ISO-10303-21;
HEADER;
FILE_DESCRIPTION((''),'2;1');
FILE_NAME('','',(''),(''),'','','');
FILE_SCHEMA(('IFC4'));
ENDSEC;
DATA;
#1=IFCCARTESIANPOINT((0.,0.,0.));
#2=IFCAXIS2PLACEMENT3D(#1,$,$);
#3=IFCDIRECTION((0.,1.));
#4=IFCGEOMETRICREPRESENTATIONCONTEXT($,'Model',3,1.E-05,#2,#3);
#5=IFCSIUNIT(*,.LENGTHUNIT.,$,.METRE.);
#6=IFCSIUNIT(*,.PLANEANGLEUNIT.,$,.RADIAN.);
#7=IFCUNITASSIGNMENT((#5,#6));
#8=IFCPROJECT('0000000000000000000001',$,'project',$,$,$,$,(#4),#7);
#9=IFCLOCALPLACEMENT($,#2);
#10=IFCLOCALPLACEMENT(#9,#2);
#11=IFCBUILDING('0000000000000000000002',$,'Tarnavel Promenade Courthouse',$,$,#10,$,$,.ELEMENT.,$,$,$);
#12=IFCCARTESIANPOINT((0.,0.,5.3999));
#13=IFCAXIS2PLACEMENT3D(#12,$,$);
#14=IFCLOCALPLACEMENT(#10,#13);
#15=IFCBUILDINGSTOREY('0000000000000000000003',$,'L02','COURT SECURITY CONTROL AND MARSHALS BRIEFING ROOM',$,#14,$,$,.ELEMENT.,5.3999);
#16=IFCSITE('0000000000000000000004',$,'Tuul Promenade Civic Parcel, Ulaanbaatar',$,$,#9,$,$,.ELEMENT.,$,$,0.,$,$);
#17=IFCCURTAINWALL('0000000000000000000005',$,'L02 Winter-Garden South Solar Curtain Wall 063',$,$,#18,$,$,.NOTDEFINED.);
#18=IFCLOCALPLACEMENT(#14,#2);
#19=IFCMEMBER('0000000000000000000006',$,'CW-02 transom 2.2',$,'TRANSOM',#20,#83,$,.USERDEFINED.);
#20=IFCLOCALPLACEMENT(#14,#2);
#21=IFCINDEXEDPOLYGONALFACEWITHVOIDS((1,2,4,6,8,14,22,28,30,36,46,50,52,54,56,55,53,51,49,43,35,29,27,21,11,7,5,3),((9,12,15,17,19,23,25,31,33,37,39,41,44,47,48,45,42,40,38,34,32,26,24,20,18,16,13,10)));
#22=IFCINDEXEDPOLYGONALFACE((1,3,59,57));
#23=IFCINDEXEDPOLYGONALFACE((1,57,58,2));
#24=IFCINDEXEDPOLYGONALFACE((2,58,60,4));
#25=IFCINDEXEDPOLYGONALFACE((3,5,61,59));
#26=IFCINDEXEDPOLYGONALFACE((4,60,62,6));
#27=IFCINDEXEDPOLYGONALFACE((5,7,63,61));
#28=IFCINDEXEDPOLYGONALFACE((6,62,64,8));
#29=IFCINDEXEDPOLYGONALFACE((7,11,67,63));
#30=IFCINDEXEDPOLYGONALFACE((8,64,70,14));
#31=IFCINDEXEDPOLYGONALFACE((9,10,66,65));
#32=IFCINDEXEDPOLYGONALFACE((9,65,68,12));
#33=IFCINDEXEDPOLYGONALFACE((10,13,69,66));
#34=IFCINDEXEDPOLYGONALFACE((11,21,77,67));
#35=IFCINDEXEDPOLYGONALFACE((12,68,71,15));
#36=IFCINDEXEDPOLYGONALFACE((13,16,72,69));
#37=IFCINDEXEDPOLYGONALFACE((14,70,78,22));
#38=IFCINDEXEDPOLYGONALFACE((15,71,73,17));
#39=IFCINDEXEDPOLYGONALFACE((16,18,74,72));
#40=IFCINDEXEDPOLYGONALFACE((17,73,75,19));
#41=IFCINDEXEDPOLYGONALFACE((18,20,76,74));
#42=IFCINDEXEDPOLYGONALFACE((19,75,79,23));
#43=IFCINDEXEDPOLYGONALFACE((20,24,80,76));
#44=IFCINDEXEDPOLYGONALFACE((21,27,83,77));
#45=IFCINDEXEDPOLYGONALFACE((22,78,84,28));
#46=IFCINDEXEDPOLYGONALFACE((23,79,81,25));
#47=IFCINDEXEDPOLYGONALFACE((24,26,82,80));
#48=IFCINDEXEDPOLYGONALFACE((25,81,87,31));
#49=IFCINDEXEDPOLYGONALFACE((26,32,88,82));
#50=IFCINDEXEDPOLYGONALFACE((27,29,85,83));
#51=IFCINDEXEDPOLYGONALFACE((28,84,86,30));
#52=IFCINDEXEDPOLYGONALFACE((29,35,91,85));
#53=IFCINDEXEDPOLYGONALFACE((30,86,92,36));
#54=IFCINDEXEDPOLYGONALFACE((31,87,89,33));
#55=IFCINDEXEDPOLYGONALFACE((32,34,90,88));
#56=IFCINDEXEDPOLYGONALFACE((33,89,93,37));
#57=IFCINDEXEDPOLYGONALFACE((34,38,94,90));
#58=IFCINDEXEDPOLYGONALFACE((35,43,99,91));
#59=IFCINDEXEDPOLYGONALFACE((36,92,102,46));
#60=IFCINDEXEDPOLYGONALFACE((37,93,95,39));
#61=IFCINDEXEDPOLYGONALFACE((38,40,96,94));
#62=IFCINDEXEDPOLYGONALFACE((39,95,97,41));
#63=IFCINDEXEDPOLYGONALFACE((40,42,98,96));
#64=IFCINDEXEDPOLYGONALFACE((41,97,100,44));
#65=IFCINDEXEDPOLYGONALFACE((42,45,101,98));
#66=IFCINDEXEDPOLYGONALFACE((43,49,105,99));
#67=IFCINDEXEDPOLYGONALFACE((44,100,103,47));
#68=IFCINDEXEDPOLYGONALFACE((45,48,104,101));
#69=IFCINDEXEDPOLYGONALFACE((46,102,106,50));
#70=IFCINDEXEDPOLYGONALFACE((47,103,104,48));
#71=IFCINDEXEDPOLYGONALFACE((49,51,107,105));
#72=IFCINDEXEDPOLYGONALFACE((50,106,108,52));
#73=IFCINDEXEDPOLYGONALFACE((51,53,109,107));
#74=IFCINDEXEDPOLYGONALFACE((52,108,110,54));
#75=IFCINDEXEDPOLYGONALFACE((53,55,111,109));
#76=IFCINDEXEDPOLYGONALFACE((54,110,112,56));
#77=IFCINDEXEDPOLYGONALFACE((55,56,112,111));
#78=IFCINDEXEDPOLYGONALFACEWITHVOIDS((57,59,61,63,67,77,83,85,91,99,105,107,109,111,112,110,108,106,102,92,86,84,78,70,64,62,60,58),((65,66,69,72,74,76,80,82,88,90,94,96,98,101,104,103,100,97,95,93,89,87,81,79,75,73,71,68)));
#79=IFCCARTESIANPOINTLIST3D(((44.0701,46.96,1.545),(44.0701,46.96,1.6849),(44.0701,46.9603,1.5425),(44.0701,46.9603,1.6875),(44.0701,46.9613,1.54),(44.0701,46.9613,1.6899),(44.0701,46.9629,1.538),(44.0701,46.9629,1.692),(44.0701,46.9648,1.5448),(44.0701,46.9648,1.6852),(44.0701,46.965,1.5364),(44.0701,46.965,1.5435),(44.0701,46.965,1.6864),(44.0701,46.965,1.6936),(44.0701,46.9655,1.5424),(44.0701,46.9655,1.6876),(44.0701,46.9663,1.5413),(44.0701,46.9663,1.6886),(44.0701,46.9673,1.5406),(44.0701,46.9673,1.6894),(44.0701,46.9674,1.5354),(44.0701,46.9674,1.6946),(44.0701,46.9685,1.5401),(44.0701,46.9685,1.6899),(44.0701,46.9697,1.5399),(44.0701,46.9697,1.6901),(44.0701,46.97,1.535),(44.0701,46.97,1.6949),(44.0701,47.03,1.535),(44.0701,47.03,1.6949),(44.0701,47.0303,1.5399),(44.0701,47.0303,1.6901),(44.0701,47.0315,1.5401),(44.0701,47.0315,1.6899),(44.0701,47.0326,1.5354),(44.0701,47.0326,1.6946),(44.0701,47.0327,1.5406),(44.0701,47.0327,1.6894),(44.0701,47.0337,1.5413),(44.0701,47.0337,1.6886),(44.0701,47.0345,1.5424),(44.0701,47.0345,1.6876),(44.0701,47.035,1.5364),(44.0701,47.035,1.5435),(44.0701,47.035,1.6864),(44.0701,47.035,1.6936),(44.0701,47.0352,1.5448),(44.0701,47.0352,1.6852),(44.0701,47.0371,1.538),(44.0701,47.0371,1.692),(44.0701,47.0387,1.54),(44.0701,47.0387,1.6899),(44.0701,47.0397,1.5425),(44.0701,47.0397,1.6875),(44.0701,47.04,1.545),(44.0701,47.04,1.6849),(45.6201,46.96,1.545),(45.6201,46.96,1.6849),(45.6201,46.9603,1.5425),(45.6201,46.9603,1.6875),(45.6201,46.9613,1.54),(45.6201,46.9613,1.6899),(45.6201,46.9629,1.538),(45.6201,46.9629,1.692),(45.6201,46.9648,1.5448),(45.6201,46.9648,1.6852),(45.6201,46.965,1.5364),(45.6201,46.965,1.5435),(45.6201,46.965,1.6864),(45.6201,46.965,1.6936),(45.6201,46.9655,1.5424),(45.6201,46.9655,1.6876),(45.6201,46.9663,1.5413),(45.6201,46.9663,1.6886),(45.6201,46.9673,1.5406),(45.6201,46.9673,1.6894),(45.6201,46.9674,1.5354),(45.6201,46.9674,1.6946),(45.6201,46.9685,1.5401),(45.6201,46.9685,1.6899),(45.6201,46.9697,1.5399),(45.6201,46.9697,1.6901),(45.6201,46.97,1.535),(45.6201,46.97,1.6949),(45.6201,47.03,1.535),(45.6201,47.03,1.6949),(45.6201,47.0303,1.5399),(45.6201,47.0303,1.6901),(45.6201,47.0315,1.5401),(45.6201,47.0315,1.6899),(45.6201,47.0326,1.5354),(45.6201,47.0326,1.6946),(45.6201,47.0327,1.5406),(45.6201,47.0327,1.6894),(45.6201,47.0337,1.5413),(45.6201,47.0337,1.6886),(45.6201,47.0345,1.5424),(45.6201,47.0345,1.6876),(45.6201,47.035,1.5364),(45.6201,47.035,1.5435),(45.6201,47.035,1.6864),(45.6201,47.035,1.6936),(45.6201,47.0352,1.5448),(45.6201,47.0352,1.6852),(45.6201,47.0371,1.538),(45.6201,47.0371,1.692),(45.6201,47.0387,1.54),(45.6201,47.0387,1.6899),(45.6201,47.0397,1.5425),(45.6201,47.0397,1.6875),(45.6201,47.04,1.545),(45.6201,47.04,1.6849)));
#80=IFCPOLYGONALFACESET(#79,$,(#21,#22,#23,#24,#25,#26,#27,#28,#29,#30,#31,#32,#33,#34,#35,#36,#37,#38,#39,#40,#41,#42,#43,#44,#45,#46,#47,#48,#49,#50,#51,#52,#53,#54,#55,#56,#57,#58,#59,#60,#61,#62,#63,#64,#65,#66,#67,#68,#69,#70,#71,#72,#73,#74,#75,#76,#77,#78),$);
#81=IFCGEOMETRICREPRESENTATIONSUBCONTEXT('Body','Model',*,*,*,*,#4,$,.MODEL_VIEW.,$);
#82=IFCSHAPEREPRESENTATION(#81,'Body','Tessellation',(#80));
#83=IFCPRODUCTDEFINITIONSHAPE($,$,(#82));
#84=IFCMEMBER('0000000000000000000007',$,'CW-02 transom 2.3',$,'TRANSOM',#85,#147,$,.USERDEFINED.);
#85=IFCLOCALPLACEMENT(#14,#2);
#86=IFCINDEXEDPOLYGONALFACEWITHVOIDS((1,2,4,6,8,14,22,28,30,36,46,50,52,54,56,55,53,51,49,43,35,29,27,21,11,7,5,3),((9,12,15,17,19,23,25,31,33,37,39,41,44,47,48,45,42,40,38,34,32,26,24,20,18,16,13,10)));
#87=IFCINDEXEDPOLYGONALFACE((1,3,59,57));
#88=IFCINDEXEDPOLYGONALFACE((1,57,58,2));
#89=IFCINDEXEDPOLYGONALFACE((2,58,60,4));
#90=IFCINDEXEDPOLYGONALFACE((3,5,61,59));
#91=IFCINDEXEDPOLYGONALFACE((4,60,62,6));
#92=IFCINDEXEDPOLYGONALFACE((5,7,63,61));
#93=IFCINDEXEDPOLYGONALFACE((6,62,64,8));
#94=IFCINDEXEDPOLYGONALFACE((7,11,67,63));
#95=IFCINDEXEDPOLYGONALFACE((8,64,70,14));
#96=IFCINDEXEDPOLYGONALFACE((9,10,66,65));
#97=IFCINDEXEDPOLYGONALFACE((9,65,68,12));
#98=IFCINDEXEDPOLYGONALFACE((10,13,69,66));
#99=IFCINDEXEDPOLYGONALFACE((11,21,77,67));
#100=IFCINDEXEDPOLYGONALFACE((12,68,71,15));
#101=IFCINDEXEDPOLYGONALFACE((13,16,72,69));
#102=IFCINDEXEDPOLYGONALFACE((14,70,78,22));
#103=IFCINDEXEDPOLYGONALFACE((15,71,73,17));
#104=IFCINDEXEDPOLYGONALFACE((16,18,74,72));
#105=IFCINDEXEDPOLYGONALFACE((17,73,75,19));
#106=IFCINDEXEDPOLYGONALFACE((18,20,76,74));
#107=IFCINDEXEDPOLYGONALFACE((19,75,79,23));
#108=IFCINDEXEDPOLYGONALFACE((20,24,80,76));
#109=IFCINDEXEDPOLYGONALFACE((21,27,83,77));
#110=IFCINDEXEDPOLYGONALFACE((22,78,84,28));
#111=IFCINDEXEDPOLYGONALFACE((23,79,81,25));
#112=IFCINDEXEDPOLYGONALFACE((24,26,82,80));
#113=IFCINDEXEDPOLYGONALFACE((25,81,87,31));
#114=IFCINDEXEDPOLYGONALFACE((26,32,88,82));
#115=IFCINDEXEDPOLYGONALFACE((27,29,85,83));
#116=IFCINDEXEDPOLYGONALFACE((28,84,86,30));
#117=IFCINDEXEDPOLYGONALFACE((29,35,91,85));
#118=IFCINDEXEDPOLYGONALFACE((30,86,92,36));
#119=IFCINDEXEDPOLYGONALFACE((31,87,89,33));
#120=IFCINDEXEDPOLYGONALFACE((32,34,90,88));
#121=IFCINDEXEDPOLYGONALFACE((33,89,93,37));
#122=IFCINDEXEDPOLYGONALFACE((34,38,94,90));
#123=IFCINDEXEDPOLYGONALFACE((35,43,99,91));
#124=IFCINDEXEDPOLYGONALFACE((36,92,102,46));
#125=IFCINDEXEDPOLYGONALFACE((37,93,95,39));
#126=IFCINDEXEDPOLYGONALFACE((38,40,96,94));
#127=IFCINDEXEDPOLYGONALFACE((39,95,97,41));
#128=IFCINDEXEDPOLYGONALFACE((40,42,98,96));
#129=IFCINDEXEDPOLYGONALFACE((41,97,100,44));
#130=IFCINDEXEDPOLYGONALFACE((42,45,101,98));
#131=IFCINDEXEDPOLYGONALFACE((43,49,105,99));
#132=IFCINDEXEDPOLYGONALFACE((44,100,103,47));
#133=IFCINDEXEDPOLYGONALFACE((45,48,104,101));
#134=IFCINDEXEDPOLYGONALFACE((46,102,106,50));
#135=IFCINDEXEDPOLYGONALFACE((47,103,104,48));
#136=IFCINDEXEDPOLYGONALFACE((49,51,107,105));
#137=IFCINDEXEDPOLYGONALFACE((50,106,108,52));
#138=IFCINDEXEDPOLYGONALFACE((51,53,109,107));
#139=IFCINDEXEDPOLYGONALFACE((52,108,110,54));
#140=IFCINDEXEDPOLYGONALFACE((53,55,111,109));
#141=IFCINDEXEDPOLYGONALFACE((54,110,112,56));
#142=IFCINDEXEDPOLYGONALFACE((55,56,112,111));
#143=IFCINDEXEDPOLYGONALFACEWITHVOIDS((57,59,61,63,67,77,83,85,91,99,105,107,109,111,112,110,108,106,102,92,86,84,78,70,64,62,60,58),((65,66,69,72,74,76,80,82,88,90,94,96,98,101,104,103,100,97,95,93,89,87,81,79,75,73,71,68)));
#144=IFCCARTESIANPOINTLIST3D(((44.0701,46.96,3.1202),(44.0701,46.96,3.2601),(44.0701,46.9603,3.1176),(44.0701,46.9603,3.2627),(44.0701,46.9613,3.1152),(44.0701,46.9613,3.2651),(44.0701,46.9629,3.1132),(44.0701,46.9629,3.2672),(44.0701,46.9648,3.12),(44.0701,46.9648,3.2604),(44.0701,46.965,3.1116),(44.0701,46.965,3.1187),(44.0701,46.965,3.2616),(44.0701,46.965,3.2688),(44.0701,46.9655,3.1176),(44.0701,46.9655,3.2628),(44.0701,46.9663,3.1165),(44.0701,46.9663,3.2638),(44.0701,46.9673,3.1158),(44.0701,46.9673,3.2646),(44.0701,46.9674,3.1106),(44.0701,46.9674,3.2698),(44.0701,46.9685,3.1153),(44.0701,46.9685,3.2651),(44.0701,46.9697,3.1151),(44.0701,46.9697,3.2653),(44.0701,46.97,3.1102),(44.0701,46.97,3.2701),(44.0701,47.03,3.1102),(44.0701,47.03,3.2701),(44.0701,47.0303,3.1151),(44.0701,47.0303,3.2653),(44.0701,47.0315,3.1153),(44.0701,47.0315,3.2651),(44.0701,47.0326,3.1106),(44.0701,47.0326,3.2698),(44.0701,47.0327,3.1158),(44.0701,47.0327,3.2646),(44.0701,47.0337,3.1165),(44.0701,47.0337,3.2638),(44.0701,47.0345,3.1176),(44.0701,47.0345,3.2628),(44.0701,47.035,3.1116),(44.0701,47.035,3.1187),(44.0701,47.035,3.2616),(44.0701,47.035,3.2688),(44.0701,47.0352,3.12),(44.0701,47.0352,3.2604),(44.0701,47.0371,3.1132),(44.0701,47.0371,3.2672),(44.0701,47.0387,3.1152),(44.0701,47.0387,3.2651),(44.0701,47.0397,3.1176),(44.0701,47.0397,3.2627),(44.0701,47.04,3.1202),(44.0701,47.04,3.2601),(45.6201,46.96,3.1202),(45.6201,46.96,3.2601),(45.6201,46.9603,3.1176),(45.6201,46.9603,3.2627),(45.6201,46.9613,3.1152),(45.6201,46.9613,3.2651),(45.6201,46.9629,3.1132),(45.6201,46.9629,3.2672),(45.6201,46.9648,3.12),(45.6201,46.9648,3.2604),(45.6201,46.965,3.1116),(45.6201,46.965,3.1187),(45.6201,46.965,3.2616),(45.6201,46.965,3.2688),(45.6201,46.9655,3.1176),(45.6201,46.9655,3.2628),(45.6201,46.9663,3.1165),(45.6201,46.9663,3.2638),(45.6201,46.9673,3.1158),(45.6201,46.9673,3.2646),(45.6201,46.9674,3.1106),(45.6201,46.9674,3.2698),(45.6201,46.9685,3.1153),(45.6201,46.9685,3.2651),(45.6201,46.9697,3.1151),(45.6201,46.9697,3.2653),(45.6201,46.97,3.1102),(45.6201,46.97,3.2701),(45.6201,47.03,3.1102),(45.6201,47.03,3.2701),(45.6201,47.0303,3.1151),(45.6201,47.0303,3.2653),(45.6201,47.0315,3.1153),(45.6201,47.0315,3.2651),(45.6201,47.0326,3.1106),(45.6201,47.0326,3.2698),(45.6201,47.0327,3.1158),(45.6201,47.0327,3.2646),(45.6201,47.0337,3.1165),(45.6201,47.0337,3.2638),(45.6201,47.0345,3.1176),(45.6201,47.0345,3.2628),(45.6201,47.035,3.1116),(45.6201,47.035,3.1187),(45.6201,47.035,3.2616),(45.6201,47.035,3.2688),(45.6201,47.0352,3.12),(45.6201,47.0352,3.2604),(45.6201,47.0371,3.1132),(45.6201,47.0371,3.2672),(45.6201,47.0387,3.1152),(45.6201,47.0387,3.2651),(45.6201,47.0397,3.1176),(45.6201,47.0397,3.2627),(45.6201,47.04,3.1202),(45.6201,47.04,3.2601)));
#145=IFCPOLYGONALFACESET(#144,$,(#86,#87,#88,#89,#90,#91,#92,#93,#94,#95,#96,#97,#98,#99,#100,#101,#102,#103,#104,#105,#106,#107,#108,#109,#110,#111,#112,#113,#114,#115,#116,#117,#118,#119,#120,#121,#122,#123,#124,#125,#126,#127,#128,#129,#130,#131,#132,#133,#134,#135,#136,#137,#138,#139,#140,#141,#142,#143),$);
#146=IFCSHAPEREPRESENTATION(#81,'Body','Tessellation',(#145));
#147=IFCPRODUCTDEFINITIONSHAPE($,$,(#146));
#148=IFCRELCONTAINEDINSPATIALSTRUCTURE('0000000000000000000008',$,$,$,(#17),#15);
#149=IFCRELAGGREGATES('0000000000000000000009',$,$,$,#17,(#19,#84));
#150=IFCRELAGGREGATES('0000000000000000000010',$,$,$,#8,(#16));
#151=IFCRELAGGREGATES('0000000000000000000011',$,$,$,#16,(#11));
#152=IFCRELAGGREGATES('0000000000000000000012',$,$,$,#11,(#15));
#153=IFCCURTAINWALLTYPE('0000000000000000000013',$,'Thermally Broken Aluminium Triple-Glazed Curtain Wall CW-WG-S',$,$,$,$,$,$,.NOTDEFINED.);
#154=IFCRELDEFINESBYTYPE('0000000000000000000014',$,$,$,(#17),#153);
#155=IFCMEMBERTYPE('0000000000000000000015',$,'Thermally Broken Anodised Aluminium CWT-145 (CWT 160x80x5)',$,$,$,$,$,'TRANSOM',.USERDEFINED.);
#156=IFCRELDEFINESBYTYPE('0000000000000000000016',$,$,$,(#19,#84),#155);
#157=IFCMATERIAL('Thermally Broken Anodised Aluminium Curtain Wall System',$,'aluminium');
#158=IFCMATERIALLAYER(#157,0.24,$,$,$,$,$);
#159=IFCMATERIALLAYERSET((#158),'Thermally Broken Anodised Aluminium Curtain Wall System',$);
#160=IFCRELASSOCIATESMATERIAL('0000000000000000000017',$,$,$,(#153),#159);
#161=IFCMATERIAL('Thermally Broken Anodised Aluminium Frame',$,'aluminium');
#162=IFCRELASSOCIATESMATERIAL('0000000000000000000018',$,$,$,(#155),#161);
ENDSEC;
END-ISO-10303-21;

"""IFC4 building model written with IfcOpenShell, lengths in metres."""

from ifc_helpers import new_model, si_unit, direction, frame, origin, origin_2d, place, context, subcontext, project, spatial, hollow_rectangle, extrude, material, layer, layer_set, material_profile, profile_set, type_object, element, aggregate, save


model = new_model("IFC4")

# Units and contexts
model_context = context("Model", 3, precision=1e-05, world=origin(), true_north=direction((0.0, 1.0)))
body_context = subcontext(model_context, "Body", "Model", "MODEL_VIEW")
ifc_project = project(units=[si_unit("LENGTHUNIT", "METRE"), si_unit("PLANEANGLEUNIT", "RADIAN")], contexts=[model_context])

# Site, building, storey
site_placement = place(None, origin())
site = spatial("IfcSite", under=ifc_project, at=site_placement, Name="Tuul Promenade Civic Parcel, Ulaanbaatar", CompositionType="ELEMENT", RefElevation=0.0)
building_placement = place(site_placement, origin())
building = spatial("IfcBuilding", under=site, at=building_placement, Name="Tarnavel Promenade Courthouse", CompositionType="ELEMENT")
storey_placement = place(building_placement, frame((0.0, 0.0, 5.3999)))
storey = spatial("IfcBuildingStorey", under=building, at=storey_placement, Name="L02", Description="COURT SECURITY CONTROL AND MARSHALS BRIEFING ROOM", CompositionType="ELEMENT", Elevation=5.3999)

# Curtain wall
ifc_material_1 = material(Name="Thermally Broken Anodised Aluminium Curtain Wall System", Category="aluminium")
ifc_layer_1 = layer(ifc_material_1, 0.24)
ifc_layer_set_1 = layer_set([ifc_layer_1], Name="Thermally Broken Anodised Aluminium Curtain Wall System")
curtain_wall_type = type_object("IfcCurtainWallType", Name="Thermally Broken Aluminium Triple-Glazed Curtain Wall CW-WG-S", PredefinedType="NOTDEFINED", material=ifc_layer_set_1)
ifc_material_2 = material(Name="Thermally Broken Anodised Aluminium Frame", Category="aluminium")
curtain_wall_1_placement = place(storey_placement, origin())
curtain_wall_1 = element("IfcCurtainWall", 1, at=curtain_wall_1_placement, inside=storey, type_object=curtain_wall_type, Name="L02 Winter-Garden South Solar Curtain Wall 063", PredefinedType="NOTDEFINED")

# Members
ifc_material_profile_1 = material_profile(ifc_material_2, hollow_rectangle(XDim=0.0801, YDim=0.1599, WallThickness=0.0049, InnerFilletRadius=0.0049, OuterFilletRadius=0.01, at=origin_2d()), Name="CWT 160x80x5")
ifc_profile_set_1 = profile_set([ifc_material_profile_1], Name="Thermally Broken Anodised Aluminium Frame")
member_type_1 = type_object("IfcMemberType", Name="Thermally Broken Anodised Aluminium CWT-145 (CWT 160x80x5)", ElementType="TRANSOM", PredefinedType="USERDEFINED", material=ifc_profile_set_1)
member_1_placement = place(storey_placement, frame((44.0701, 47.0, 1.615), z_axis=(1.0, 0.0, 0.0), x_axis=(0.0, 1.0, 0.0)))
member_1 = element("IfcMember", 2, at=member_1_placement, type_object=member_type_1, Name="CW-02 transom 2.2", ObjectType="TRANSOM", PredefinedType="USERDEFINED", context=body_context, shape_type="SweptSolid", body=[
    extrude(hollow_rectangle(XDim=0.0801, YDim=0.1599, WallThickness=0.0049, InnerFilletRadius=0.0049, OuterFilletRadius=0.01, at=origin_2d()), origin(), (0.0, 0.0, 1.0), 1.55),
])
member_2_placement = place(storey_placement, frame((44.0701, 47.0, 3.1902), z_axis=(1.0, 0.0, 0.0), x_axis=(0.0, 1.0, 0.0)))
member_2 = element("IfcMember", 3, at=member_2_placement, type_object=member_type_1, Name="CW-02 transom 2.3", ObjectType="TRANSOM", PredefinedType="USERDEFINED", context=body_context, shape_type="SweptSolid", body=[
    extrude(hollow_rectangle(XDim=0.0801, YDim=0.1599, WallThickness=0.0049, InnerFilletRadius=0.0049, OuterFilletRadius=0.01, at=origin_2d()), origin(), (0.0, 0.0, 1.0), 1.55),
])

aggregate(curtain_wall_1, [member_1, member_2])

save(model, "model.ifc")
